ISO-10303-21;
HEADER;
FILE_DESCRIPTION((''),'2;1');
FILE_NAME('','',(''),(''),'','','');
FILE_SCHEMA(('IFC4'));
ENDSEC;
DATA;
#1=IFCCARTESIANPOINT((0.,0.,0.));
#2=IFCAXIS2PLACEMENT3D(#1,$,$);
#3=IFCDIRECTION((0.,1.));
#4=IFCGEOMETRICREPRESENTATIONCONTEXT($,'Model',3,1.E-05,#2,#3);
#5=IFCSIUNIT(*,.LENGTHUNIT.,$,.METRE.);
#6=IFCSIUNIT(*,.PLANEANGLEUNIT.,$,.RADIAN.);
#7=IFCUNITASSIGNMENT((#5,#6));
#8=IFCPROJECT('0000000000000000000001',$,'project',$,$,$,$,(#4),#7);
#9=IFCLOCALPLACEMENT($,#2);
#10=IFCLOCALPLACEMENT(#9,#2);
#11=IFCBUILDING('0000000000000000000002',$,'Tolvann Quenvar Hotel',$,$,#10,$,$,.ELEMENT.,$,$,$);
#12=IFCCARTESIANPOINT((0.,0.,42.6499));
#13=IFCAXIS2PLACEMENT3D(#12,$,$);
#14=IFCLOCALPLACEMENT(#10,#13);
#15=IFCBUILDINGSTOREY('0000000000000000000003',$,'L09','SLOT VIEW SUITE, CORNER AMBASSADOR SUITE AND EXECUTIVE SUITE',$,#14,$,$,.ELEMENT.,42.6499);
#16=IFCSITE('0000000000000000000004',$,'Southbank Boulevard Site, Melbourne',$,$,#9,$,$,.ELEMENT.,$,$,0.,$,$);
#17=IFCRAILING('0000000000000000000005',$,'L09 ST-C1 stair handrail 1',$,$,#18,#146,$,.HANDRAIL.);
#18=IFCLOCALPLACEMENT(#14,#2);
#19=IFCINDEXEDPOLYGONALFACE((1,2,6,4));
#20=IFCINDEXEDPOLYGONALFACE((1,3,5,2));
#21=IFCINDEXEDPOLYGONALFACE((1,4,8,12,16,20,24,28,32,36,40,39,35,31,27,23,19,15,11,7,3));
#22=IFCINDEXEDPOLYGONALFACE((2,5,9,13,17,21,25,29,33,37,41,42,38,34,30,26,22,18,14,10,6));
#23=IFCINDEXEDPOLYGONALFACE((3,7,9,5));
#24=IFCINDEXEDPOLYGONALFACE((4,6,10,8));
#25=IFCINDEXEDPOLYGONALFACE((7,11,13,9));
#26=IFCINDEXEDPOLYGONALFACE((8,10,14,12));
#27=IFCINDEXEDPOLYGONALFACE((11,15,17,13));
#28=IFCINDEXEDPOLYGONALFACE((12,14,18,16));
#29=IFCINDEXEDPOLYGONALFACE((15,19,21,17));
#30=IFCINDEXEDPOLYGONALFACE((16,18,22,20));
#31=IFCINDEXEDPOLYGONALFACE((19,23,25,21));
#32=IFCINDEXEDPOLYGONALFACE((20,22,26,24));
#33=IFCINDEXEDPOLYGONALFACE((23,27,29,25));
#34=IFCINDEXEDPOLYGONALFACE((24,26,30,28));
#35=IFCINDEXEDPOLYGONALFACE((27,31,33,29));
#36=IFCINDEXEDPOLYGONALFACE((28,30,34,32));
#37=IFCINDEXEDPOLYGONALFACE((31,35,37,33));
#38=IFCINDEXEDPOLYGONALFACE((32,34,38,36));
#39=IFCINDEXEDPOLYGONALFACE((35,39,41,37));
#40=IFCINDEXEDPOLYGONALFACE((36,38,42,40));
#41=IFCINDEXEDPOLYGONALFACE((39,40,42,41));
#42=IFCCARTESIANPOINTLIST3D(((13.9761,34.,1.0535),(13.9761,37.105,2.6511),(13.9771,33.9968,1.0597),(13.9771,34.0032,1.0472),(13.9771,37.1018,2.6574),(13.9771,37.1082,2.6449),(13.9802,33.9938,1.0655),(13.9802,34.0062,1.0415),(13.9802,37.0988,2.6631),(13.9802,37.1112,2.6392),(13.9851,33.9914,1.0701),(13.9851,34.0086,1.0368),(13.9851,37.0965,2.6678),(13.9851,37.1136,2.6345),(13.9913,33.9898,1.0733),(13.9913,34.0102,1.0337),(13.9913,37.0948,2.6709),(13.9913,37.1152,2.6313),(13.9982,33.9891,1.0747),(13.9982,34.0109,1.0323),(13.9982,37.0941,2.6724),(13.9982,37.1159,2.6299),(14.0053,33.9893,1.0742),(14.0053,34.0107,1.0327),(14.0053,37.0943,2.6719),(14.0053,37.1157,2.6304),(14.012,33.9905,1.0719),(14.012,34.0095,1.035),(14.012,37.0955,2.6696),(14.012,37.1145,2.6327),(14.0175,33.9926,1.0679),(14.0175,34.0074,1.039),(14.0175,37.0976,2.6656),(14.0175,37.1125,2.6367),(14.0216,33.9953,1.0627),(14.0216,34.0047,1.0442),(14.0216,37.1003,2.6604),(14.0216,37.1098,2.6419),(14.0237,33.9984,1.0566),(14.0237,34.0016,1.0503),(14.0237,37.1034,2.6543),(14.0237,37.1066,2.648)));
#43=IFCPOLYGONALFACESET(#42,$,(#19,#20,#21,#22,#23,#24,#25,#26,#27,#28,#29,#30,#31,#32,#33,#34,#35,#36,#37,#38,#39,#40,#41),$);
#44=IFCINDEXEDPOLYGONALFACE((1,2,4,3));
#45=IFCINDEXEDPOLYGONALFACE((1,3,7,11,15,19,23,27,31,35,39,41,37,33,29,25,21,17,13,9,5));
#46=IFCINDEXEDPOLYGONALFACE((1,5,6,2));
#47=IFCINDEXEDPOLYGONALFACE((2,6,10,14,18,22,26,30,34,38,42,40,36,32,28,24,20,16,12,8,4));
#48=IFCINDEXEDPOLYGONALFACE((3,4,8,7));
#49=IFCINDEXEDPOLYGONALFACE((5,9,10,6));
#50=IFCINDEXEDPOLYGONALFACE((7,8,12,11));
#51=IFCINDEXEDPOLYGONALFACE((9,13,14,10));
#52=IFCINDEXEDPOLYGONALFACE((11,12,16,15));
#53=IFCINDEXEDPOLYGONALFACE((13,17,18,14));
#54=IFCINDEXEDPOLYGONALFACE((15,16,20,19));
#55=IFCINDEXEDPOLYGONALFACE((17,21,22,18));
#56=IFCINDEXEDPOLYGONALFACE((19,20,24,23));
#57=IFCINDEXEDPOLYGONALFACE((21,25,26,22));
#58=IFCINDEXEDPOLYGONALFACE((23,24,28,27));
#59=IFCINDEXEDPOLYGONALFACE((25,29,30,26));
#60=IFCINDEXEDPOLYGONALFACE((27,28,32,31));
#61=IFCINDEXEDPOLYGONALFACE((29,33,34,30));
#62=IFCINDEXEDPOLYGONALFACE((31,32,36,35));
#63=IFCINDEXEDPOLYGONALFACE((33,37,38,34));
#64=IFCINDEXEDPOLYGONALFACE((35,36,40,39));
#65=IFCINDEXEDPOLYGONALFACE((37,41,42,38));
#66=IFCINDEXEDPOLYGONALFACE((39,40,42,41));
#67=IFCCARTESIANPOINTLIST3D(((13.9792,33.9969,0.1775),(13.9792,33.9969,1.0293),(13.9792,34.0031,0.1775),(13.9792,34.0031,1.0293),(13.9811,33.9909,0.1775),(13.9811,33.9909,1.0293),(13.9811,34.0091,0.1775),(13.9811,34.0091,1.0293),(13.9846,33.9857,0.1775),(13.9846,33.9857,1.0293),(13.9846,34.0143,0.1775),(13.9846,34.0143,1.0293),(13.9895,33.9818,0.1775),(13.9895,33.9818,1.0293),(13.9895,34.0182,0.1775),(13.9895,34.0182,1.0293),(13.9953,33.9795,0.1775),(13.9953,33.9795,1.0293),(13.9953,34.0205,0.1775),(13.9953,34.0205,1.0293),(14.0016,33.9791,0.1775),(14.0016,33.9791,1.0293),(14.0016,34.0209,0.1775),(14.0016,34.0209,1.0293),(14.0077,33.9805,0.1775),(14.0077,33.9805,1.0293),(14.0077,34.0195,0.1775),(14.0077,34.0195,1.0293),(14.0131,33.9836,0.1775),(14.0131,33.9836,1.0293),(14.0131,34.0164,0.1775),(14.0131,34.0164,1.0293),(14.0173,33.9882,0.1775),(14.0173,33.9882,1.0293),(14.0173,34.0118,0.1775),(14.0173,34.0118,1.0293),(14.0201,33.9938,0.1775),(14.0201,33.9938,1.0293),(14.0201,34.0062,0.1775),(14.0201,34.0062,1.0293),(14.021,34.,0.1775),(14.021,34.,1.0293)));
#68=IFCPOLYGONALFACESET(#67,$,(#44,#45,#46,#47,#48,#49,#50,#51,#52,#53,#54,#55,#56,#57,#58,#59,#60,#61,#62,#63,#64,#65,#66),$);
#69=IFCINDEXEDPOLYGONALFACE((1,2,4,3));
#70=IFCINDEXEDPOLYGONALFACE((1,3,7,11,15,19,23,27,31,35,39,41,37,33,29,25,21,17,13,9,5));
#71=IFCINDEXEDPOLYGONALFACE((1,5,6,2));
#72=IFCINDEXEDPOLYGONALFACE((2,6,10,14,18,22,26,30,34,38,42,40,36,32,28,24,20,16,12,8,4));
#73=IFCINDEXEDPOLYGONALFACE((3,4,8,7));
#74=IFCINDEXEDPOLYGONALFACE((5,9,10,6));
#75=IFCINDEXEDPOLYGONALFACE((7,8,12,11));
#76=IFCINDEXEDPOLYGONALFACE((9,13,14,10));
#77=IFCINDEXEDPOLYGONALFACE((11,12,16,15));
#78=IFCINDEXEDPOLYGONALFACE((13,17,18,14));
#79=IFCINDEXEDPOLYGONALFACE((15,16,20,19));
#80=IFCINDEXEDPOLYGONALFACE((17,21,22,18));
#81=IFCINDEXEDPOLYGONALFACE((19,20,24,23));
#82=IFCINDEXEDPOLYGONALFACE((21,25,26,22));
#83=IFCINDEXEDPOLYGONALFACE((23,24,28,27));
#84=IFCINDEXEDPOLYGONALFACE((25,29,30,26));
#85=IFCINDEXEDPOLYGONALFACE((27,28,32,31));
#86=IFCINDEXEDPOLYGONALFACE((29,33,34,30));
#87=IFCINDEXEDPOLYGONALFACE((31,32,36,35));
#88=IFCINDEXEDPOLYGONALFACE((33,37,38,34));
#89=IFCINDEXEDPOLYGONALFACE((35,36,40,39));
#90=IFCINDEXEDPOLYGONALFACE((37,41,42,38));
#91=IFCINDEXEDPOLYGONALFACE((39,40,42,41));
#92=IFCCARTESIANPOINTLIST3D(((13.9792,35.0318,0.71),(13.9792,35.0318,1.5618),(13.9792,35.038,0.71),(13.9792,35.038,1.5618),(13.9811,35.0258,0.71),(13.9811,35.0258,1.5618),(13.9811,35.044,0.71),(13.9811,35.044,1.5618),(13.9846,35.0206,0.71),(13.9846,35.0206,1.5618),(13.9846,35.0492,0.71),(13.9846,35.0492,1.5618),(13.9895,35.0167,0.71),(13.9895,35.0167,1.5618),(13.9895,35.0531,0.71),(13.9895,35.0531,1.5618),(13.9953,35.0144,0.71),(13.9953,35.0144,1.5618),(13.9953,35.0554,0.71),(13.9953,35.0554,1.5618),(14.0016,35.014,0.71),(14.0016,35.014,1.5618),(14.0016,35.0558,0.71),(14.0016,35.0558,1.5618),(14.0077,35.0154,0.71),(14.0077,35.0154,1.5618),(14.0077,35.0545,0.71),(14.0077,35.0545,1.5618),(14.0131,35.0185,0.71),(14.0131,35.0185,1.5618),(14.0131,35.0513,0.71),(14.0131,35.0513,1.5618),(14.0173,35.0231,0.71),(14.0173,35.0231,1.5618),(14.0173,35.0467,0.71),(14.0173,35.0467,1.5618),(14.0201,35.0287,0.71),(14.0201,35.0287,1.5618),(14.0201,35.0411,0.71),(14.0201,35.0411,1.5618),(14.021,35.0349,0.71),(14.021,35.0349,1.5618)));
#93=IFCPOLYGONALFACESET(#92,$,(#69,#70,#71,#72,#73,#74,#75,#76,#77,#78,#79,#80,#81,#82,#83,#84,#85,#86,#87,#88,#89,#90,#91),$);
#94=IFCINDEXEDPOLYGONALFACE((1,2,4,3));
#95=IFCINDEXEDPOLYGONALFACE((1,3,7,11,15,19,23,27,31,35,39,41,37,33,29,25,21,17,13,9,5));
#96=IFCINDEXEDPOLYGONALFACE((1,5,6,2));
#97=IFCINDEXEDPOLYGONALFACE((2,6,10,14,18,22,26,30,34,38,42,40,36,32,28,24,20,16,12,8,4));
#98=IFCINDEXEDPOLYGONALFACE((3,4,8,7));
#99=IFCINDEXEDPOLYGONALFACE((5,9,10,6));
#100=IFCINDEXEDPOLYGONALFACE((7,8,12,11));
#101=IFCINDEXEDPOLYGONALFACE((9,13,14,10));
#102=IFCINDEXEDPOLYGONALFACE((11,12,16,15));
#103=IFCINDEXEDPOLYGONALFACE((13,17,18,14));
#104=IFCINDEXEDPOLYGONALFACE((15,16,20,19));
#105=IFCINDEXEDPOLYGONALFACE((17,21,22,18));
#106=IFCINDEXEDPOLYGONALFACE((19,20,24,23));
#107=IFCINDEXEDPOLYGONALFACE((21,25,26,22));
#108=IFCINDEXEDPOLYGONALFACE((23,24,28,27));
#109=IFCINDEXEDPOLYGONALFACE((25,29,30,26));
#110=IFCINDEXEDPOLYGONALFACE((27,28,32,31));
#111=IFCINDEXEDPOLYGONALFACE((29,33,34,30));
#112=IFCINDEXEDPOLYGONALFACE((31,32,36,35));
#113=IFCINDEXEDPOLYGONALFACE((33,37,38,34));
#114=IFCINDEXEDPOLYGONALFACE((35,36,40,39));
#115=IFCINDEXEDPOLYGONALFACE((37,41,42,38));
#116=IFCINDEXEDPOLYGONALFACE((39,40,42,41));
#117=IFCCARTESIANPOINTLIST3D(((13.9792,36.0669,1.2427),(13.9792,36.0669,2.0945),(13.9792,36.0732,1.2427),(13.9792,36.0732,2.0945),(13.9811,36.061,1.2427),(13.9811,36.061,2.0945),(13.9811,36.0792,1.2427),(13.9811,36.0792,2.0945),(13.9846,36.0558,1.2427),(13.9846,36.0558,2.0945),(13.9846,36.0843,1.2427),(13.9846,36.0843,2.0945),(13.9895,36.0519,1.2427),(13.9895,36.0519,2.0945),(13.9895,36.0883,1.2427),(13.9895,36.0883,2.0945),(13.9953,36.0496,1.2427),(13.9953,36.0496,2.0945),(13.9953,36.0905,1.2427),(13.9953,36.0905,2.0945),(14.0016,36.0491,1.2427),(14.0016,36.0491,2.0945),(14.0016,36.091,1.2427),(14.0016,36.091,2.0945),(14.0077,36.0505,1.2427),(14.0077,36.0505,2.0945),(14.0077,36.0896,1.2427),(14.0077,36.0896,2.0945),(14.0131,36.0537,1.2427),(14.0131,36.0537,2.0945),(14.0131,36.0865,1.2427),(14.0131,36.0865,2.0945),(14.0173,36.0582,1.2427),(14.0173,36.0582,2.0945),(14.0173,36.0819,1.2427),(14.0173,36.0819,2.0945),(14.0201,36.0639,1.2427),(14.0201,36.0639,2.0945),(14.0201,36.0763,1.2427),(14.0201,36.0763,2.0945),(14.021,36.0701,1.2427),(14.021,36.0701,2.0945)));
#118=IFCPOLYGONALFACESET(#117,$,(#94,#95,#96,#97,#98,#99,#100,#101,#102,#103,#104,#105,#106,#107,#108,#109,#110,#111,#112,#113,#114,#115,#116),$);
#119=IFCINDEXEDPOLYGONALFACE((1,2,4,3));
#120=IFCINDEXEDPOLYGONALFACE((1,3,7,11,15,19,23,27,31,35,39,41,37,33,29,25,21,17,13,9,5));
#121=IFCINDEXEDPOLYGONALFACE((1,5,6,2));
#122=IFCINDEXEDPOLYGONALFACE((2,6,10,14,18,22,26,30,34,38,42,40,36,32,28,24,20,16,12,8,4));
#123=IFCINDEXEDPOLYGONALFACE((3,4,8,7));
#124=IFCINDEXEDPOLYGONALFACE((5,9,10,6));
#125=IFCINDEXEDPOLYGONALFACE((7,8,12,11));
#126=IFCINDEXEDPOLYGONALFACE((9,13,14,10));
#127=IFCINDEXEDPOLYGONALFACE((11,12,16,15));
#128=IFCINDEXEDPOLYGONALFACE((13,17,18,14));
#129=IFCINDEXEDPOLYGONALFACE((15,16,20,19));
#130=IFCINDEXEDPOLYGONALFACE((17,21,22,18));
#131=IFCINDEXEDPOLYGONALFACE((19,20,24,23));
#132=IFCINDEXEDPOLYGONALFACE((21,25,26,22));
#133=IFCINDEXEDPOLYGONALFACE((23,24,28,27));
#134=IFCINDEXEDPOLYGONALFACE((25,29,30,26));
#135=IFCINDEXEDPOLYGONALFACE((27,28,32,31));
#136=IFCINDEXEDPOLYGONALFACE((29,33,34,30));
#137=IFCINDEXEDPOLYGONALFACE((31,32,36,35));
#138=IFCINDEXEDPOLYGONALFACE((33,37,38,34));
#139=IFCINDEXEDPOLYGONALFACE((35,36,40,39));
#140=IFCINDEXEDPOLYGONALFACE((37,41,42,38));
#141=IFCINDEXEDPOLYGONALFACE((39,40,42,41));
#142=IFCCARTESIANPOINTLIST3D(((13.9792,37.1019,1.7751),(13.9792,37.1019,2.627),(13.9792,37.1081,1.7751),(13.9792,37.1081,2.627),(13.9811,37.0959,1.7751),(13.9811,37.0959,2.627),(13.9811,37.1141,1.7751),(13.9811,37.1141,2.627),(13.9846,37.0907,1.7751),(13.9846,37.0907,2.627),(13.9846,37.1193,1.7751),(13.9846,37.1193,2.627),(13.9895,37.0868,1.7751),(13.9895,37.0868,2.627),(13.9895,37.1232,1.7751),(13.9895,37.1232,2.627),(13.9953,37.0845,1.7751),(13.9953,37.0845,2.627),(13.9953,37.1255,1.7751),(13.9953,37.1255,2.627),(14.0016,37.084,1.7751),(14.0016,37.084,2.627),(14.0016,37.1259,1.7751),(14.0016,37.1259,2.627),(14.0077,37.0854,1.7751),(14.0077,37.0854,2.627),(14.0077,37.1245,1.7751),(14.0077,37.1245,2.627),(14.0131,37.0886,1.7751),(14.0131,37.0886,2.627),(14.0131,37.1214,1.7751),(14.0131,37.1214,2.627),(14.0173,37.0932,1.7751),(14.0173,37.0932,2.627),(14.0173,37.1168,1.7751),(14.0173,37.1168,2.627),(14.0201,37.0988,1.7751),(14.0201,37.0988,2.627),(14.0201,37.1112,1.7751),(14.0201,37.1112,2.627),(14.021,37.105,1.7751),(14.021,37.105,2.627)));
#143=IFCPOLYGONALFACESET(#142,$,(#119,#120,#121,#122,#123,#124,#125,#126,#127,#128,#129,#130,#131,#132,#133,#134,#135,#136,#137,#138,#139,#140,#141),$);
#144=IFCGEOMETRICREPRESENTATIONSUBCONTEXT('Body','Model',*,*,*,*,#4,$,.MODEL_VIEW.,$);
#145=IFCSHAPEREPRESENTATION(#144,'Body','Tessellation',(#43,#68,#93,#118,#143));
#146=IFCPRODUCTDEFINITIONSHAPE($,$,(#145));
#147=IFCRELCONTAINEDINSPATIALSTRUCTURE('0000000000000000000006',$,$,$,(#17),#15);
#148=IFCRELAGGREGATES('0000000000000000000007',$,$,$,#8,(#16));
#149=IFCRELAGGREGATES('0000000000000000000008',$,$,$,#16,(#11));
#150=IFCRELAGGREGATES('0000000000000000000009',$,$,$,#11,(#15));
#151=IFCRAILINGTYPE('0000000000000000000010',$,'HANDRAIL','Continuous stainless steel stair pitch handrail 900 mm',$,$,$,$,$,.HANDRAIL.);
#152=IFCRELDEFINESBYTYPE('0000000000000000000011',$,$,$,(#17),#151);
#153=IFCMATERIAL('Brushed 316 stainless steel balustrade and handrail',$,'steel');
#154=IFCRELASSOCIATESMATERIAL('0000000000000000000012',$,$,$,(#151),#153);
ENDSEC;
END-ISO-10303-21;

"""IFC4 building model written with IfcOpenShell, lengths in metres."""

from ifc_helpers import new_model, si_unit, direction, frame, origin, origin_2d, place, context, subcontext, project, spatial, circle, extrude, material, type_object, element, save


model = new_model("IFC4")

# Units and contexts
model_context = context("Model", 3, precision=1e-05, world=origin(), true_north=direction((0.0, 1.0)))
body_context = subcontext(model_context, "Body", "Model", "MODEL_VIEW")
ifc_project = project(units=[si_unit("LENGTHUNIT", "METRE"), si_unit("PLANEANGLEUNIT", "RADIAN")], contexts=[model_context])

# Site, building, storey
site_placement = place(None, origin())
site = spatial("IfcSite", under=ifc_project, at=site_placement, Name="Southbank Boulevard Site, Melbourne", CompositionType="ELEMENT", RefElevation=0.0)
building_placement = place(site_placement, origin())
building = spatial("IfcBuilding", under=site, at=building_placement, Name="Tolvann Quenvar Hotel", CompositionType="ELEMENT")
storey_placement = place(building_placement, frame((0.0, 0.0, 42.6499)))
storey = spatial("IfcBuildingStorey", under=building, at=storey_placement, Name="L09", Description="SLOT VIEW SUITE, CORNER AMBASSADOR SUITE AND EXECUTIVE SUITE", CompositionType="ELEMENT", Elevation=42.6499)

# Railing
ifc_material_1 = material(Name="Brushed 316 stainless steel balustrade and handrail", Category="steel")
railing_type_1 = type_object("IfcRailingType", Name="HANDRAIL", Description="Continuous stainless steel stair pitch handrail 900 mm", PredefinedType="HANDRAIL", material=ifc_material_1)
railing_1_placement = place(storey_placement, frame((14.0, 34.0, 0.1775)))
element("IfcRailing", 1, at=railing_1_placement, inside=storey, type_object=railing_type_1, Name="L09 ST-C1 stair handrail 1", PredefinedType="HANDRAIL", context=body_context, shape_type="SweptSolid", body=[
    extrude(circle(Radius=0.0239, at=origin_2d()), frame((0.0, 0.0, 0.876), z_axis=(0.0, 0.889194, 0.457531), x_axis=(-1.0, 0.0, 0.0)), (0.0, 0.0, 1.0), 3.4919),
    extrude(circle(Radius=0.021, at=origin_2d()), origin(), (0.0, 0.0, 1.0), 0.8518),
    extrude(circle(Radius=0.021, at=origin_2d()), frame((0.0, 1.0349, 0.5325)), (0.0, 0.0, 1.0), 0.8518),
    extrude(circle(Radius=0.021, at=origin_2d()), frame((0.0, 2.0701, 1.0652)), (0.0, 0.0, 1.0), 0.8518),
    extrude(circle(Radius=0.021, at=origin_2d()), frame((0.0, 3.105, 1.5977)), (0.0, 0.0, 1.0), 0.8518),
])

save(model, "model.ifc")
